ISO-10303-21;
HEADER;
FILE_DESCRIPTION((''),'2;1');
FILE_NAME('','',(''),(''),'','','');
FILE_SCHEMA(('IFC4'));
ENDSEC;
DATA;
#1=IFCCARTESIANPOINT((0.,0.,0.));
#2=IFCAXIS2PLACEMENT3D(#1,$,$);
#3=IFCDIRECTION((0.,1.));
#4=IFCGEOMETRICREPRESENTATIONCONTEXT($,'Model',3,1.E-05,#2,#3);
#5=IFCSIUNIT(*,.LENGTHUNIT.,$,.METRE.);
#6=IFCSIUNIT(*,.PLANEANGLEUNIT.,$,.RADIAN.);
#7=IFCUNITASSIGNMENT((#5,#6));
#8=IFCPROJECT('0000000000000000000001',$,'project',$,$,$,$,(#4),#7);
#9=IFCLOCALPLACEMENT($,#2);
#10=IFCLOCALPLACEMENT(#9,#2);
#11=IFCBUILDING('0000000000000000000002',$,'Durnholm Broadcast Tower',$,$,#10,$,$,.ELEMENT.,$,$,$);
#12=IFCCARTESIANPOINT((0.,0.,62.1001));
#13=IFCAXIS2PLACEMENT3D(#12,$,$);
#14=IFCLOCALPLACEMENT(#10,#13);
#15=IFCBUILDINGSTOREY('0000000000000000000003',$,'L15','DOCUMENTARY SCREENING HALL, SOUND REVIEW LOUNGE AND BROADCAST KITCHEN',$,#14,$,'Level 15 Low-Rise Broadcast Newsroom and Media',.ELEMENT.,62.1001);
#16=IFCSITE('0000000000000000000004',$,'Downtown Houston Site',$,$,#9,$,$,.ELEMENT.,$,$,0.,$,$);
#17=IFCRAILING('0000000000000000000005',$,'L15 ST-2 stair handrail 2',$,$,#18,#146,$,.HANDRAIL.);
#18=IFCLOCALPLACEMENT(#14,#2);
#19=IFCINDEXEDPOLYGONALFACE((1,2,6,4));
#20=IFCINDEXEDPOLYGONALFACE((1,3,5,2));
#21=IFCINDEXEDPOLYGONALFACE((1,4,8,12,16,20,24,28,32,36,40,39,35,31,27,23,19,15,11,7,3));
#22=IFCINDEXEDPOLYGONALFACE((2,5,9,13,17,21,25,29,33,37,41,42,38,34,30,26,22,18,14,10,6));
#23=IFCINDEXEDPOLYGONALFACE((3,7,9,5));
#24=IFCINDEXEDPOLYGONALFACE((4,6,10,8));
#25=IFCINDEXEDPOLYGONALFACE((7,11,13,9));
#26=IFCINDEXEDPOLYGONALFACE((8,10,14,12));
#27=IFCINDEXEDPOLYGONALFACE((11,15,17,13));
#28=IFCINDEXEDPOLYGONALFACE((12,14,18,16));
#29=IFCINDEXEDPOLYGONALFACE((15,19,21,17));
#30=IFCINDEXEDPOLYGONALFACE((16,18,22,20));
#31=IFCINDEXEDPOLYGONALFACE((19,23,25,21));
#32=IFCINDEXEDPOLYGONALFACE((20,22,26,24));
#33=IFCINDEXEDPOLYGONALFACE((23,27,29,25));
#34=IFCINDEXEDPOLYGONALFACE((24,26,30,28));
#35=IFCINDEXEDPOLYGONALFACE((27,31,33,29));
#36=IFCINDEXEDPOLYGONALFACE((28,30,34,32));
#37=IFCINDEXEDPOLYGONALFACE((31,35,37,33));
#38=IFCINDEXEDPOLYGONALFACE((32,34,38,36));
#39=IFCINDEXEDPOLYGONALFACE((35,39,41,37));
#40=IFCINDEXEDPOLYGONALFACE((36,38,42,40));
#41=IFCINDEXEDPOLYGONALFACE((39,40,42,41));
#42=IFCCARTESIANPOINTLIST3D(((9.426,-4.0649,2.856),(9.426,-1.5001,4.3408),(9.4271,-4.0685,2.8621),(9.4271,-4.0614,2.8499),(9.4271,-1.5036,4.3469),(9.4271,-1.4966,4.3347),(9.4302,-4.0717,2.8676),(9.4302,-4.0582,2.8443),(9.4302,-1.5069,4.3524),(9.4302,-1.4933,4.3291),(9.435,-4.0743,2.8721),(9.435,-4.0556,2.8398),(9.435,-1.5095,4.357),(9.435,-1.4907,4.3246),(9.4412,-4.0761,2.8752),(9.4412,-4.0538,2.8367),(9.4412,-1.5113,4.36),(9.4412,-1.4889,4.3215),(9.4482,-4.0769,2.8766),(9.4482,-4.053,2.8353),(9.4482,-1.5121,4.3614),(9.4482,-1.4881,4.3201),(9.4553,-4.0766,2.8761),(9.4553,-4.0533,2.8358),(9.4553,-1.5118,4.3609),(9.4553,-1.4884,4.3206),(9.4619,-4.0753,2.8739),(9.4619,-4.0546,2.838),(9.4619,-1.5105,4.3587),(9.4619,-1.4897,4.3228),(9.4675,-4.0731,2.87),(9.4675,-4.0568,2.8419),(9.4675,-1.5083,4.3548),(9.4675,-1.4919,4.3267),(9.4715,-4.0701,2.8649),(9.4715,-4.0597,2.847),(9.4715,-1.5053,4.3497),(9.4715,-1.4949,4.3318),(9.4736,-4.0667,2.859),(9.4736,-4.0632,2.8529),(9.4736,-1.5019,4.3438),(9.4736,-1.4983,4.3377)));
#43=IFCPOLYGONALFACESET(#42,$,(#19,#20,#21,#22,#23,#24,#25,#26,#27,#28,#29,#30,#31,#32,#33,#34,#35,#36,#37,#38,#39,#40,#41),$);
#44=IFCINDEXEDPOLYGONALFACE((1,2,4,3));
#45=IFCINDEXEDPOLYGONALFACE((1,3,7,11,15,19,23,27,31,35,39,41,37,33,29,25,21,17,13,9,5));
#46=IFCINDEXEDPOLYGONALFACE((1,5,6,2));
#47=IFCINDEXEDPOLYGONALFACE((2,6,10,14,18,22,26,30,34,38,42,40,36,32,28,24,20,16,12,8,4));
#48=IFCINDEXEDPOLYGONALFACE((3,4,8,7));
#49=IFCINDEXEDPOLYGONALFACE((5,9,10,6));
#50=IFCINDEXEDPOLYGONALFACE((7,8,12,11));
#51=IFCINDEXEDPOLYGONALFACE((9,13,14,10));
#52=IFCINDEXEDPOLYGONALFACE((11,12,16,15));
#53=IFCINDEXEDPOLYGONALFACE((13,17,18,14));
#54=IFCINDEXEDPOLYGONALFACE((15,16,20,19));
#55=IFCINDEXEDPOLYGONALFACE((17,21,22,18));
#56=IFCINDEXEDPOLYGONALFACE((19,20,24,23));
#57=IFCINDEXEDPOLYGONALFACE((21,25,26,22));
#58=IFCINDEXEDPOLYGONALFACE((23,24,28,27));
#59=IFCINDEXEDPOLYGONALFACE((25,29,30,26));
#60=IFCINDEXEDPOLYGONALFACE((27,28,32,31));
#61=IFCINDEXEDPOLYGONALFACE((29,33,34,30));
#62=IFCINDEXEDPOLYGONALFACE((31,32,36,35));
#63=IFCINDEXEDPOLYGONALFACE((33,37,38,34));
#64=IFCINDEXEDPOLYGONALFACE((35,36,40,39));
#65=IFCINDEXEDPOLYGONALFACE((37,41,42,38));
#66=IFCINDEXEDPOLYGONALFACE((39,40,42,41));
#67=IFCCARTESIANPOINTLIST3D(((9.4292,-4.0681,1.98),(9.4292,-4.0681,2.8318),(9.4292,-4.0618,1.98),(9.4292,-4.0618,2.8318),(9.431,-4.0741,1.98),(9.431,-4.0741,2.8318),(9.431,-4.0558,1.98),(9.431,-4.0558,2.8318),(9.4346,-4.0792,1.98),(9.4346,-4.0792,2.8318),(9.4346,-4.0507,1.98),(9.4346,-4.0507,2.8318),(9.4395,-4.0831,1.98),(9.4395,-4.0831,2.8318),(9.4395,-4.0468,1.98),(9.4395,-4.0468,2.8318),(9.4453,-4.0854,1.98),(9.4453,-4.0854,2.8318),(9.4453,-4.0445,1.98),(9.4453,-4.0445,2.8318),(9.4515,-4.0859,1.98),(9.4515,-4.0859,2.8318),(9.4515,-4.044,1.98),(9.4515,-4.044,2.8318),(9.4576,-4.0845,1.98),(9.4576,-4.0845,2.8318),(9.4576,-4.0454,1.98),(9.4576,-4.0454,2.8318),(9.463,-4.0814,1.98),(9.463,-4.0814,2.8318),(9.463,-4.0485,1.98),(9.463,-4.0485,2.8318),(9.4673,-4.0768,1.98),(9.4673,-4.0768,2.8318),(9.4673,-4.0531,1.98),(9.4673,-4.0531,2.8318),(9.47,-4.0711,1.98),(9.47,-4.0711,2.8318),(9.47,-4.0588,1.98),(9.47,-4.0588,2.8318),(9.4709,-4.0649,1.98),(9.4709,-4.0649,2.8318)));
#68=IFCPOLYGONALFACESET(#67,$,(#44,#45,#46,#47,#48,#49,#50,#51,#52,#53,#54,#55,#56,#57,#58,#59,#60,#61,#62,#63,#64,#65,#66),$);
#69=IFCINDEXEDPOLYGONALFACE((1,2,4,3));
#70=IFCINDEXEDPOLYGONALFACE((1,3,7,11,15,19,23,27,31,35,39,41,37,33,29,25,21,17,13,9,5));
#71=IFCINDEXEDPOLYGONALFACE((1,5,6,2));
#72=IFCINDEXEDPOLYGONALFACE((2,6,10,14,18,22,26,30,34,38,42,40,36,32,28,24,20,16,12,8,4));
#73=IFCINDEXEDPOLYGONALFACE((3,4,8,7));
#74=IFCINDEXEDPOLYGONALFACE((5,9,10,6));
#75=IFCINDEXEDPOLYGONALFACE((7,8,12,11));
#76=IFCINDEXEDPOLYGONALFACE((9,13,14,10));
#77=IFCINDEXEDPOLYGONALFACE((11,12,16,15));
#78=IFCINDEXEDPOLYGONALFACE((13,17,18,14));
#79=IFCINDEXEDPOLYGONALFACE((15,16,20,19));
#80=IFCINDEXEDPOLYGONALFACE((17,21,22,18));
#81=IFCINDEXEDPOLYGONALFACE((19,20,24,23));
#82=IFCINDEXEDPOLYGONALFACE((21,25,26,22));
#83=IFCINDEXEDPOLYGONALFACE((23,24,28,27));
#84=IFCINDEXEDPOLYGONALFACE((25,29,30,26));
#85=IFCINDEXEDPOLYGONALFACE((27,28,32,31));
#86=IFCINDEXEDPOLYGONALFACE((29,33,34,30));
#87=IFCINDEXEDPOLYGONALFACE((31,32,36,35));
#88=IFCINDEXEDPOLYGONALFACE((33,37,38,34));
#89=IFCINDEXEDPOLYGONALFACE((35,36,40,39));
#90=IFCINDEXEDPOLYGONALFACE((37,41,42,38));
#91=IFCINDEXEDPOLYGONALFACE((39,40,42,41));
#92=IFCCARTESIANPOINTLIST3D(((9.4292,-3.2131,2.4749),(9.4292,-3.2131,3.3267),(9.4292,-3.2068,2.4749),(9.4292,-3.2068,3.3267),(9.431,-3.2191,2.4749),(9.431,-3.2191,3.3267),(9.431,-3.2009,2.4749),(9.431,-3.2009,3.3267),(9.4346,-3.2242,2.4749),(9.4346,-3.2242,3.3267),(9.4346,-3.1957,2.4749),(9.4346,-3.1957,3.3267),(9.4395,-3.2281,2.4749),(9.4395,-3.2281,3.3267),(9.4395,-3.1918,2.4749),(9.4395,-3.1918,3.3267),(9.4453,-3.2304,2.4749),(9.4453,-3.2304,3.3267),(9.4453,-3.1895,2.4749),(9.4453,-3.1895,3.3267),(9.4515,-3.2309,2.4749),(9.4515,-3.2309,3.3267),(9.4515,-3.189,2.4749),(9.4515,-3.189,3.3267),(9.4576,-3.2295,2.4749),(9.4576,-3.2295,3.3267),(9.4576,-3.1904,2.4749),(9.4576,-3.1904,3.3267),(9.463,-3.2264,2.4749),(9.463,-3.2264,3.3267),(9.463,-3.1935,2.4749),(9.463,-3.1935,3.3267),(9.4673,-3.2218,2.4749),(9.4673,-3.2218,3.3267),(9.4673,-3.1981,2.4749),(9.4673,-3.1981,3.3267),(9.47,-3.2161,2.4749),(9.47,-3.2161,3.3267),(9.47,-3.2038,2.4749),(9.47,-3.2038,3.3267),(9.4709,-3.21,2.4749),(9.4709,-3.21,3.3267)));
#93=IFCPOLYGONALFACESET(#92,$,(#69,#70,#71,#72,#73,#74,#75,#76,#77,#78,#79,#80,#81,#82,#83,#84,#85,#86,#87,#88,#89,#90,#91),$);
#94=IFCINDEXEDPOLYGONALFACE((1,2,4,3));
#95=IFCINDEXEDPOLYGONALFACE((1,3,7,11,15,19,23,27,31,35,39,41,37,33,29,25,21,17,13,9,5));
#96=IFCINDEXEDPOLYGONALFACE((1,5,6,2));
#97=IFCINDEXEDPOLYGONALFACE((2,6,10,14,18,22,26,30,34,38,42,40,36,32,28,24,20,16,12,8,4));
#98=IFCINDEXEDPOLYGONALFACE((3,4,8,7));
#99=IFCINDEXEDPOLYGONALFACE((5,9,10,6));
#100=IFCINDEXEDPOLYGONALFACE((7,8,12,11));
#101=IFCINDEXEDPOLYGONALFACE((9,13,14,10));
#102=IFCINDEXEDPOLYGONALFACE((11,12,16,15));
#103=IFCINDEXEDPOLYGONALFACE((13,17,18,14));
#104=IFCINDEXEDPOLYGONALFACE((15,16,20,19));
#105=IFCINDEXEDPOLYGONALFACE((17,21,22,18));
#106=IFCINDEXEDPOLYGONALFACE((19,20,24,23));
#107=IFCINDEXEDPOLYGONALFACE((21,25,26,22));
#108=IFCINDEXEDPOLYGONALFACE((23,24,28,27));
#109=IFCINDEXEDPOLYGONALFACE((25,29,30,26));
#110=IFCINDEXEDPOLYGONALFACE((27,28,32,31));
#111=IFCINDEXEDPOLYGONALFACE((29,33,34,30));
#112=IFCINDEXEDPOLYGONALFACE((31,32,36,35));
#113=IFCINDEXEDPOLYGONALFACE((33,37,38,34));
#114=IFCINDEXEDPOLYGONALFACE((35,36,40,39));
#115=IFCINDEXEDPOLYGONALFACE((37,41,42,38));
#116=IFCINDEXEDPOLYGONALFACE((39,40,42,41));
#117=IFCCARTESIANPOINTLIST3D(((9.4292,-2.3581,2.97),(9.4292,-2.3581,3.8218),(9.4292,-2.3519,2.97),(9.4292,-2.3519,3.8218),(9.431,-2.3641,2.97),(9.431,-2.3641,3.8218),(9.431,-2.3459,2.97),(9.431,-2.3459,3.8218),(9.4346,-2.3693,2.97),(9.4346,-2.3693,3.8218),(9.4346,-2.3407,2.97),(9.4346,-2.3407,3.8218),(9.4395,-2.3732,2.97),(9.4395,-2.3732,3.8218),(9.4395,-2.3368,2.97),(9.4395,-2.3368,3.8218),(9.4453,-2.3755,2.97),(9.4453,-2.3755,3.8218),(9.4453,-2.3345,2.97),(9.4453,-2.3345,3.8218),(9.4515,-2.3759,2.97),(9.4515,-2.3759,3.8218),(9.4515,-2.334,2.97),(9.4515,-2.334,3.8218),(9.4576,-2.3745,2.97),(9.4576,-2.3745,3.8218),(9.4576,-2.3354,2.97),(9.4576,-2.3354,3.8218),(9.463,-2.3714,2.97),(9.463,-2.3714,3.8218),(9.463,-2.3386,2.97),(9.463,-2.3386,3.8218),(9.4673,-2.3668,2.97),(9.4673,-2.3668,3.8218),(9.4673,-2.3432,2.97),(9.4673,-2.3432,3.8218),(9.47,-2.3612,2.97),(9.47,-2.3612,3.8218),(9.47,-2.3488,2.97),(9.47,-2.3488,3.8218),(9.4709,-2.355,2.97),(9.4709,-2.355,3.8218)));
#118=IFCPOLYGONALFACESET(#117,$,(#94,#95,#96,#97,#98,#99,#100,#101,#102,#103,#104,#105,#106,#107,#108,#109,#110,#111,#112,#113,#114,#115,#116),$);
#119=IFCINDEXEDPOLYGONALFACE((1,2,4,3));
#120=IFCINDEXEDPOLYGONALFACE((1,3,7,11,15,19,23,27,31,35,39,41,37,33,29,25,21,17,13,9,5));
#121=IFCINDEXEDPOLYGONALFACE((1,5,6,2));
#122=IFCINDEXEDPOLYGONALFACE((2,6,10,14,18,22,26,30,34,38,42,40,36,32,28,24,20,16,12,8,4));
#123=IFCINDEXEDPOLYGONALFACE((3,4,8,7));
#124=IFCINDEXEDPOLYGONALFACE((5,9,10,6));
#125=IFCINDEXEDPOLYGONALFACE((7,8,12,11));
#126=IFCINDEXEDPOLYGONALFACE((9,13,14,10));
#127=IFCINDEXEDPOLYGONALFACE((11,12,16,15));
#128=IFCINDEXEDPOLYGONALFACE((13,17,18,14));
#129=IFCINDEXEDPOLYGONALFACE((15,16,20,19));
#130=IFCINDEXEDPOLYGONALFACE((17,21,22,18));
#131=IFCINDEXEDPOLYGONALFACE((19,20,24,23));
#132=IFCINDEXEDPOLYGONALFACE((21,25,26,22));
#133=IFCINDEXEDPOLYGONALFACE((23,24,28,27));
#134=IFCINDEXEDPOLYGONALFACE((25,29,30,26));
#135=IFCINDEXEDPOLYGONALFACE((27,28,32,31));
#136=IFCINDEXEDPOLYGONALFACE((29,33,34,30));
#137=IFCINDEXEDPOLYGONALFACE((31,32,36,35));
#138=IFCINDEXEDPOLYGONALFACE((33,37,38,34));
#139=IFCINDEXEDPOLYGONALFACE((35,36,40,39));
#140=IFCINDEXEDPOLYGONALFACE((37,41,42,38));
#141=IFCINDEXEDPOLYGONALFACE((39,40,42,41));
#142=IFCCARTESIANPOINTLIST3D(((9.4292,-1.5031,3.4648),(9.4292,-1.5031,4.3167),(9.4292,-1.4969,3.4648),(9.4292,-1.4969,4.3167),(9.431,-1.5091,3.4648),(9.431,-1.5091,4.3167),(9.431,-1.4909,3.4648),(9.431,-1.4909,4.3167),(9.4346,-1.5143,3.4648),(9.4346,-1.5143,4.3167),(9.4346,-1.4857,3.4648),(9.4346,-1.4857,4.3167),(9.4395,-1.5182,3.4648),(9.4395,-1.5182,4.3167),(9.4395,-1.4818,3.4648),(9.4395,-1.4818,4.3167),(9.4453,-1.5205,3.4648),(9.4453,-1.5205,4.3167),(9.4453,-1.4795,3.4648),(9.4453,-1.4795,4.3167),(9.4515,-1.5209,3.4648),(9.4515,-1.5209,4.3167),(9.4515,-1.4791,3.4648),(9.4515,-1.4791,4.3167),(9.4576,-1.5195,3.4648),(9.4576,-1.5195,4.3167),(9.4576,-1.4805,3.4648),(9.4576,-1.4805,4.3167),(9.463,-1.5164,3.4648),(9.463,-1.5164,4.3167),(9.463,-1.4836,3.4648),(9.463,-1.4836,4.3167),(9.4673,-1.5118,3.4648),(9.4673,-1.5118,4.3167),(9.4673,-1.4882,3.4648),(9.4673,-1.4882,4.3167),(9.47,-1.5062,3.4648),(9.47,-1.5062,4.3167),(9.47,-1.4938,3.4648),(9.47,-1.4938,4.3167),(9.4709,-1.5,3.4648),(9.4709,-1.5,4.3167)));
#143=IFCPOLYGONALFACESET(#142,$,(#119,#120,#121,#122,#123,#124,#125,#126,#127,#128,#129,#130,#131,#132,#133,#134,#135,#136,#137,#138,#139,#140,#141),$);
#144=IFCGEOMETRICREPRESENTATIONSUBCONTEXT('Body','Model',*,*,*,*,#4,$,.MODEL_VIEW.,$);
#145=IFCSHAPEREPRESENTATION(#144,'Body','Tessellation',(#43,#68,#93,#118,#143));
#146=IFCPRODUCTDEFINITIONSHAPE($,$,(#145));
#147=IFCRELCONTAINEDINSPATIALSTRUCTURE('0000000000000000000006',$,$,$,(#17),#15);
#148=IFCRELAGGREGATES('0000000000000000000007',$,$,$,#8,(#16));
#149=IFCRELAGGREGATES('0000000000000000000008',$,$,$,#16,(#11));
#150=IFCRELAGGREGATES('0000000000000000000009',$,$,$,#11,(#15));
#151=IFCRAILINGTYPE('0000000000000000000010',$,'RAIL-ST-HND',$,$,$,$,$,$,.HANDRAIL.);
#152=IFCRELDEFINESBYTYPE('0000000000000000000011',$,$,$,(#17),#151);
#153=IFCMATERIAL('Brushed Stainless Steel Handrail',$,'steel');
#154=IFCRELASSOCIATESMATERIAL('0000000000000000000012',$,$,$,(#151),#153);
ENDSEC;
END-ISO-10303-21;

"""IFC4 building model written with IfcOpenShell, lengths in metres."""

from ifc_helpers import new_model, si_unit, direction, frame, origin, origin_2d, place, context, subcontext, project, spatial, circle, extrude, material, type_object, element, save


model = new_model("IFC4")

# Units and contexts
model_context = context("Model", 3, precision=1e-05, world=origin(), true_north=direction((0.0, 1.0)))
body_context = subcontext(model_context, "Body", "Model", "MODEL_VIEW")
ifc_project = project(units=[si_unit("LENGTHUNIT", "METRE"), si_unit("PLANEANGLEUNIT", "RADIAN")], contexts=[model_context])

# Site, building, storey
site_placement = place(None, origin())
site = spatial("IfcSite", under=ifc_project, at=site_placement, Name="Downtown Houston Site", CompositionType="ELEMENT", RefElevation=0.0)
building_placement = place(site_placement, origin())
building = spatial("IfcBuilding", under=site, at=building_placement, Name="Durnholm Broadcast Tower", CompositionType="ELEMENT")
storey_placement = place(building_placement, frame((0.0, 0.0, 62.1001)))
storey = spatial("IfcBuildingStorey", under=building, at=storey_placement, Name="L15", Description="DOCUMENTARY SCREENING HALL, SOUND REVIEW LOUNGE AND BROADCAST KITCHEN", LongName="Level 15 Low-Rise Broadcast Newsroom and Media", CompositionType="ELEMENT", Elevation=62.1001)

# Railing
ifc_material_1 = material(Name="Brushed Stainless Steel Handrail", Category="steel")
railing_type_1 = type_object("IfcRailingType", Name="RAIL-ST-HND", PredefinedType="HANDRAIL", material=ifc_material_1)
railing_1_placement = place(storey_placement, frame((9.45, -4.0649, 1.98)))
element("IfcRailing", 1, at=railing_1_placement, inside=storey, type_object=railing_type_1, Name="L15 ST-2 stair handrail 2", PredefinedType="HANDRAIL", context=body_context, shape_type="SweptSolid", body=[
    extrude(circle(Radius=0.0239, at=origin_2d()), frame((0.0, 0.0, 0.876), z_axis=(0.0, 0.865441, 0.50101), x_axis=(-1.0, 0.0, 0.0)), (0.0, 0.0, 1.0), 2.9636),
    extrude(circle(Radius=0.021, at=origin_2d()), origin(), (0.0, 0.0, 1.0), 0.8518),
    extrude(circle(Radius=0.021, at=origin_2d()), frame((0.0, 0.855, 0.4949)), (0.0, 0.0, 1.0), 0.8518),
    extrude(circle(Radius=0.021, at=origin_2d()), frame((0.0, 1.71, 0.99)), (0.0, 0.0, 1.0), 0.8518),
    extrude(circle(Radius=0.021, at=origin_2d()), frame((0.0, 2.5649, 1.4849)), (0.0, 0.0, 1.0), 0.8518),
])

save(model, "model.ifc")
